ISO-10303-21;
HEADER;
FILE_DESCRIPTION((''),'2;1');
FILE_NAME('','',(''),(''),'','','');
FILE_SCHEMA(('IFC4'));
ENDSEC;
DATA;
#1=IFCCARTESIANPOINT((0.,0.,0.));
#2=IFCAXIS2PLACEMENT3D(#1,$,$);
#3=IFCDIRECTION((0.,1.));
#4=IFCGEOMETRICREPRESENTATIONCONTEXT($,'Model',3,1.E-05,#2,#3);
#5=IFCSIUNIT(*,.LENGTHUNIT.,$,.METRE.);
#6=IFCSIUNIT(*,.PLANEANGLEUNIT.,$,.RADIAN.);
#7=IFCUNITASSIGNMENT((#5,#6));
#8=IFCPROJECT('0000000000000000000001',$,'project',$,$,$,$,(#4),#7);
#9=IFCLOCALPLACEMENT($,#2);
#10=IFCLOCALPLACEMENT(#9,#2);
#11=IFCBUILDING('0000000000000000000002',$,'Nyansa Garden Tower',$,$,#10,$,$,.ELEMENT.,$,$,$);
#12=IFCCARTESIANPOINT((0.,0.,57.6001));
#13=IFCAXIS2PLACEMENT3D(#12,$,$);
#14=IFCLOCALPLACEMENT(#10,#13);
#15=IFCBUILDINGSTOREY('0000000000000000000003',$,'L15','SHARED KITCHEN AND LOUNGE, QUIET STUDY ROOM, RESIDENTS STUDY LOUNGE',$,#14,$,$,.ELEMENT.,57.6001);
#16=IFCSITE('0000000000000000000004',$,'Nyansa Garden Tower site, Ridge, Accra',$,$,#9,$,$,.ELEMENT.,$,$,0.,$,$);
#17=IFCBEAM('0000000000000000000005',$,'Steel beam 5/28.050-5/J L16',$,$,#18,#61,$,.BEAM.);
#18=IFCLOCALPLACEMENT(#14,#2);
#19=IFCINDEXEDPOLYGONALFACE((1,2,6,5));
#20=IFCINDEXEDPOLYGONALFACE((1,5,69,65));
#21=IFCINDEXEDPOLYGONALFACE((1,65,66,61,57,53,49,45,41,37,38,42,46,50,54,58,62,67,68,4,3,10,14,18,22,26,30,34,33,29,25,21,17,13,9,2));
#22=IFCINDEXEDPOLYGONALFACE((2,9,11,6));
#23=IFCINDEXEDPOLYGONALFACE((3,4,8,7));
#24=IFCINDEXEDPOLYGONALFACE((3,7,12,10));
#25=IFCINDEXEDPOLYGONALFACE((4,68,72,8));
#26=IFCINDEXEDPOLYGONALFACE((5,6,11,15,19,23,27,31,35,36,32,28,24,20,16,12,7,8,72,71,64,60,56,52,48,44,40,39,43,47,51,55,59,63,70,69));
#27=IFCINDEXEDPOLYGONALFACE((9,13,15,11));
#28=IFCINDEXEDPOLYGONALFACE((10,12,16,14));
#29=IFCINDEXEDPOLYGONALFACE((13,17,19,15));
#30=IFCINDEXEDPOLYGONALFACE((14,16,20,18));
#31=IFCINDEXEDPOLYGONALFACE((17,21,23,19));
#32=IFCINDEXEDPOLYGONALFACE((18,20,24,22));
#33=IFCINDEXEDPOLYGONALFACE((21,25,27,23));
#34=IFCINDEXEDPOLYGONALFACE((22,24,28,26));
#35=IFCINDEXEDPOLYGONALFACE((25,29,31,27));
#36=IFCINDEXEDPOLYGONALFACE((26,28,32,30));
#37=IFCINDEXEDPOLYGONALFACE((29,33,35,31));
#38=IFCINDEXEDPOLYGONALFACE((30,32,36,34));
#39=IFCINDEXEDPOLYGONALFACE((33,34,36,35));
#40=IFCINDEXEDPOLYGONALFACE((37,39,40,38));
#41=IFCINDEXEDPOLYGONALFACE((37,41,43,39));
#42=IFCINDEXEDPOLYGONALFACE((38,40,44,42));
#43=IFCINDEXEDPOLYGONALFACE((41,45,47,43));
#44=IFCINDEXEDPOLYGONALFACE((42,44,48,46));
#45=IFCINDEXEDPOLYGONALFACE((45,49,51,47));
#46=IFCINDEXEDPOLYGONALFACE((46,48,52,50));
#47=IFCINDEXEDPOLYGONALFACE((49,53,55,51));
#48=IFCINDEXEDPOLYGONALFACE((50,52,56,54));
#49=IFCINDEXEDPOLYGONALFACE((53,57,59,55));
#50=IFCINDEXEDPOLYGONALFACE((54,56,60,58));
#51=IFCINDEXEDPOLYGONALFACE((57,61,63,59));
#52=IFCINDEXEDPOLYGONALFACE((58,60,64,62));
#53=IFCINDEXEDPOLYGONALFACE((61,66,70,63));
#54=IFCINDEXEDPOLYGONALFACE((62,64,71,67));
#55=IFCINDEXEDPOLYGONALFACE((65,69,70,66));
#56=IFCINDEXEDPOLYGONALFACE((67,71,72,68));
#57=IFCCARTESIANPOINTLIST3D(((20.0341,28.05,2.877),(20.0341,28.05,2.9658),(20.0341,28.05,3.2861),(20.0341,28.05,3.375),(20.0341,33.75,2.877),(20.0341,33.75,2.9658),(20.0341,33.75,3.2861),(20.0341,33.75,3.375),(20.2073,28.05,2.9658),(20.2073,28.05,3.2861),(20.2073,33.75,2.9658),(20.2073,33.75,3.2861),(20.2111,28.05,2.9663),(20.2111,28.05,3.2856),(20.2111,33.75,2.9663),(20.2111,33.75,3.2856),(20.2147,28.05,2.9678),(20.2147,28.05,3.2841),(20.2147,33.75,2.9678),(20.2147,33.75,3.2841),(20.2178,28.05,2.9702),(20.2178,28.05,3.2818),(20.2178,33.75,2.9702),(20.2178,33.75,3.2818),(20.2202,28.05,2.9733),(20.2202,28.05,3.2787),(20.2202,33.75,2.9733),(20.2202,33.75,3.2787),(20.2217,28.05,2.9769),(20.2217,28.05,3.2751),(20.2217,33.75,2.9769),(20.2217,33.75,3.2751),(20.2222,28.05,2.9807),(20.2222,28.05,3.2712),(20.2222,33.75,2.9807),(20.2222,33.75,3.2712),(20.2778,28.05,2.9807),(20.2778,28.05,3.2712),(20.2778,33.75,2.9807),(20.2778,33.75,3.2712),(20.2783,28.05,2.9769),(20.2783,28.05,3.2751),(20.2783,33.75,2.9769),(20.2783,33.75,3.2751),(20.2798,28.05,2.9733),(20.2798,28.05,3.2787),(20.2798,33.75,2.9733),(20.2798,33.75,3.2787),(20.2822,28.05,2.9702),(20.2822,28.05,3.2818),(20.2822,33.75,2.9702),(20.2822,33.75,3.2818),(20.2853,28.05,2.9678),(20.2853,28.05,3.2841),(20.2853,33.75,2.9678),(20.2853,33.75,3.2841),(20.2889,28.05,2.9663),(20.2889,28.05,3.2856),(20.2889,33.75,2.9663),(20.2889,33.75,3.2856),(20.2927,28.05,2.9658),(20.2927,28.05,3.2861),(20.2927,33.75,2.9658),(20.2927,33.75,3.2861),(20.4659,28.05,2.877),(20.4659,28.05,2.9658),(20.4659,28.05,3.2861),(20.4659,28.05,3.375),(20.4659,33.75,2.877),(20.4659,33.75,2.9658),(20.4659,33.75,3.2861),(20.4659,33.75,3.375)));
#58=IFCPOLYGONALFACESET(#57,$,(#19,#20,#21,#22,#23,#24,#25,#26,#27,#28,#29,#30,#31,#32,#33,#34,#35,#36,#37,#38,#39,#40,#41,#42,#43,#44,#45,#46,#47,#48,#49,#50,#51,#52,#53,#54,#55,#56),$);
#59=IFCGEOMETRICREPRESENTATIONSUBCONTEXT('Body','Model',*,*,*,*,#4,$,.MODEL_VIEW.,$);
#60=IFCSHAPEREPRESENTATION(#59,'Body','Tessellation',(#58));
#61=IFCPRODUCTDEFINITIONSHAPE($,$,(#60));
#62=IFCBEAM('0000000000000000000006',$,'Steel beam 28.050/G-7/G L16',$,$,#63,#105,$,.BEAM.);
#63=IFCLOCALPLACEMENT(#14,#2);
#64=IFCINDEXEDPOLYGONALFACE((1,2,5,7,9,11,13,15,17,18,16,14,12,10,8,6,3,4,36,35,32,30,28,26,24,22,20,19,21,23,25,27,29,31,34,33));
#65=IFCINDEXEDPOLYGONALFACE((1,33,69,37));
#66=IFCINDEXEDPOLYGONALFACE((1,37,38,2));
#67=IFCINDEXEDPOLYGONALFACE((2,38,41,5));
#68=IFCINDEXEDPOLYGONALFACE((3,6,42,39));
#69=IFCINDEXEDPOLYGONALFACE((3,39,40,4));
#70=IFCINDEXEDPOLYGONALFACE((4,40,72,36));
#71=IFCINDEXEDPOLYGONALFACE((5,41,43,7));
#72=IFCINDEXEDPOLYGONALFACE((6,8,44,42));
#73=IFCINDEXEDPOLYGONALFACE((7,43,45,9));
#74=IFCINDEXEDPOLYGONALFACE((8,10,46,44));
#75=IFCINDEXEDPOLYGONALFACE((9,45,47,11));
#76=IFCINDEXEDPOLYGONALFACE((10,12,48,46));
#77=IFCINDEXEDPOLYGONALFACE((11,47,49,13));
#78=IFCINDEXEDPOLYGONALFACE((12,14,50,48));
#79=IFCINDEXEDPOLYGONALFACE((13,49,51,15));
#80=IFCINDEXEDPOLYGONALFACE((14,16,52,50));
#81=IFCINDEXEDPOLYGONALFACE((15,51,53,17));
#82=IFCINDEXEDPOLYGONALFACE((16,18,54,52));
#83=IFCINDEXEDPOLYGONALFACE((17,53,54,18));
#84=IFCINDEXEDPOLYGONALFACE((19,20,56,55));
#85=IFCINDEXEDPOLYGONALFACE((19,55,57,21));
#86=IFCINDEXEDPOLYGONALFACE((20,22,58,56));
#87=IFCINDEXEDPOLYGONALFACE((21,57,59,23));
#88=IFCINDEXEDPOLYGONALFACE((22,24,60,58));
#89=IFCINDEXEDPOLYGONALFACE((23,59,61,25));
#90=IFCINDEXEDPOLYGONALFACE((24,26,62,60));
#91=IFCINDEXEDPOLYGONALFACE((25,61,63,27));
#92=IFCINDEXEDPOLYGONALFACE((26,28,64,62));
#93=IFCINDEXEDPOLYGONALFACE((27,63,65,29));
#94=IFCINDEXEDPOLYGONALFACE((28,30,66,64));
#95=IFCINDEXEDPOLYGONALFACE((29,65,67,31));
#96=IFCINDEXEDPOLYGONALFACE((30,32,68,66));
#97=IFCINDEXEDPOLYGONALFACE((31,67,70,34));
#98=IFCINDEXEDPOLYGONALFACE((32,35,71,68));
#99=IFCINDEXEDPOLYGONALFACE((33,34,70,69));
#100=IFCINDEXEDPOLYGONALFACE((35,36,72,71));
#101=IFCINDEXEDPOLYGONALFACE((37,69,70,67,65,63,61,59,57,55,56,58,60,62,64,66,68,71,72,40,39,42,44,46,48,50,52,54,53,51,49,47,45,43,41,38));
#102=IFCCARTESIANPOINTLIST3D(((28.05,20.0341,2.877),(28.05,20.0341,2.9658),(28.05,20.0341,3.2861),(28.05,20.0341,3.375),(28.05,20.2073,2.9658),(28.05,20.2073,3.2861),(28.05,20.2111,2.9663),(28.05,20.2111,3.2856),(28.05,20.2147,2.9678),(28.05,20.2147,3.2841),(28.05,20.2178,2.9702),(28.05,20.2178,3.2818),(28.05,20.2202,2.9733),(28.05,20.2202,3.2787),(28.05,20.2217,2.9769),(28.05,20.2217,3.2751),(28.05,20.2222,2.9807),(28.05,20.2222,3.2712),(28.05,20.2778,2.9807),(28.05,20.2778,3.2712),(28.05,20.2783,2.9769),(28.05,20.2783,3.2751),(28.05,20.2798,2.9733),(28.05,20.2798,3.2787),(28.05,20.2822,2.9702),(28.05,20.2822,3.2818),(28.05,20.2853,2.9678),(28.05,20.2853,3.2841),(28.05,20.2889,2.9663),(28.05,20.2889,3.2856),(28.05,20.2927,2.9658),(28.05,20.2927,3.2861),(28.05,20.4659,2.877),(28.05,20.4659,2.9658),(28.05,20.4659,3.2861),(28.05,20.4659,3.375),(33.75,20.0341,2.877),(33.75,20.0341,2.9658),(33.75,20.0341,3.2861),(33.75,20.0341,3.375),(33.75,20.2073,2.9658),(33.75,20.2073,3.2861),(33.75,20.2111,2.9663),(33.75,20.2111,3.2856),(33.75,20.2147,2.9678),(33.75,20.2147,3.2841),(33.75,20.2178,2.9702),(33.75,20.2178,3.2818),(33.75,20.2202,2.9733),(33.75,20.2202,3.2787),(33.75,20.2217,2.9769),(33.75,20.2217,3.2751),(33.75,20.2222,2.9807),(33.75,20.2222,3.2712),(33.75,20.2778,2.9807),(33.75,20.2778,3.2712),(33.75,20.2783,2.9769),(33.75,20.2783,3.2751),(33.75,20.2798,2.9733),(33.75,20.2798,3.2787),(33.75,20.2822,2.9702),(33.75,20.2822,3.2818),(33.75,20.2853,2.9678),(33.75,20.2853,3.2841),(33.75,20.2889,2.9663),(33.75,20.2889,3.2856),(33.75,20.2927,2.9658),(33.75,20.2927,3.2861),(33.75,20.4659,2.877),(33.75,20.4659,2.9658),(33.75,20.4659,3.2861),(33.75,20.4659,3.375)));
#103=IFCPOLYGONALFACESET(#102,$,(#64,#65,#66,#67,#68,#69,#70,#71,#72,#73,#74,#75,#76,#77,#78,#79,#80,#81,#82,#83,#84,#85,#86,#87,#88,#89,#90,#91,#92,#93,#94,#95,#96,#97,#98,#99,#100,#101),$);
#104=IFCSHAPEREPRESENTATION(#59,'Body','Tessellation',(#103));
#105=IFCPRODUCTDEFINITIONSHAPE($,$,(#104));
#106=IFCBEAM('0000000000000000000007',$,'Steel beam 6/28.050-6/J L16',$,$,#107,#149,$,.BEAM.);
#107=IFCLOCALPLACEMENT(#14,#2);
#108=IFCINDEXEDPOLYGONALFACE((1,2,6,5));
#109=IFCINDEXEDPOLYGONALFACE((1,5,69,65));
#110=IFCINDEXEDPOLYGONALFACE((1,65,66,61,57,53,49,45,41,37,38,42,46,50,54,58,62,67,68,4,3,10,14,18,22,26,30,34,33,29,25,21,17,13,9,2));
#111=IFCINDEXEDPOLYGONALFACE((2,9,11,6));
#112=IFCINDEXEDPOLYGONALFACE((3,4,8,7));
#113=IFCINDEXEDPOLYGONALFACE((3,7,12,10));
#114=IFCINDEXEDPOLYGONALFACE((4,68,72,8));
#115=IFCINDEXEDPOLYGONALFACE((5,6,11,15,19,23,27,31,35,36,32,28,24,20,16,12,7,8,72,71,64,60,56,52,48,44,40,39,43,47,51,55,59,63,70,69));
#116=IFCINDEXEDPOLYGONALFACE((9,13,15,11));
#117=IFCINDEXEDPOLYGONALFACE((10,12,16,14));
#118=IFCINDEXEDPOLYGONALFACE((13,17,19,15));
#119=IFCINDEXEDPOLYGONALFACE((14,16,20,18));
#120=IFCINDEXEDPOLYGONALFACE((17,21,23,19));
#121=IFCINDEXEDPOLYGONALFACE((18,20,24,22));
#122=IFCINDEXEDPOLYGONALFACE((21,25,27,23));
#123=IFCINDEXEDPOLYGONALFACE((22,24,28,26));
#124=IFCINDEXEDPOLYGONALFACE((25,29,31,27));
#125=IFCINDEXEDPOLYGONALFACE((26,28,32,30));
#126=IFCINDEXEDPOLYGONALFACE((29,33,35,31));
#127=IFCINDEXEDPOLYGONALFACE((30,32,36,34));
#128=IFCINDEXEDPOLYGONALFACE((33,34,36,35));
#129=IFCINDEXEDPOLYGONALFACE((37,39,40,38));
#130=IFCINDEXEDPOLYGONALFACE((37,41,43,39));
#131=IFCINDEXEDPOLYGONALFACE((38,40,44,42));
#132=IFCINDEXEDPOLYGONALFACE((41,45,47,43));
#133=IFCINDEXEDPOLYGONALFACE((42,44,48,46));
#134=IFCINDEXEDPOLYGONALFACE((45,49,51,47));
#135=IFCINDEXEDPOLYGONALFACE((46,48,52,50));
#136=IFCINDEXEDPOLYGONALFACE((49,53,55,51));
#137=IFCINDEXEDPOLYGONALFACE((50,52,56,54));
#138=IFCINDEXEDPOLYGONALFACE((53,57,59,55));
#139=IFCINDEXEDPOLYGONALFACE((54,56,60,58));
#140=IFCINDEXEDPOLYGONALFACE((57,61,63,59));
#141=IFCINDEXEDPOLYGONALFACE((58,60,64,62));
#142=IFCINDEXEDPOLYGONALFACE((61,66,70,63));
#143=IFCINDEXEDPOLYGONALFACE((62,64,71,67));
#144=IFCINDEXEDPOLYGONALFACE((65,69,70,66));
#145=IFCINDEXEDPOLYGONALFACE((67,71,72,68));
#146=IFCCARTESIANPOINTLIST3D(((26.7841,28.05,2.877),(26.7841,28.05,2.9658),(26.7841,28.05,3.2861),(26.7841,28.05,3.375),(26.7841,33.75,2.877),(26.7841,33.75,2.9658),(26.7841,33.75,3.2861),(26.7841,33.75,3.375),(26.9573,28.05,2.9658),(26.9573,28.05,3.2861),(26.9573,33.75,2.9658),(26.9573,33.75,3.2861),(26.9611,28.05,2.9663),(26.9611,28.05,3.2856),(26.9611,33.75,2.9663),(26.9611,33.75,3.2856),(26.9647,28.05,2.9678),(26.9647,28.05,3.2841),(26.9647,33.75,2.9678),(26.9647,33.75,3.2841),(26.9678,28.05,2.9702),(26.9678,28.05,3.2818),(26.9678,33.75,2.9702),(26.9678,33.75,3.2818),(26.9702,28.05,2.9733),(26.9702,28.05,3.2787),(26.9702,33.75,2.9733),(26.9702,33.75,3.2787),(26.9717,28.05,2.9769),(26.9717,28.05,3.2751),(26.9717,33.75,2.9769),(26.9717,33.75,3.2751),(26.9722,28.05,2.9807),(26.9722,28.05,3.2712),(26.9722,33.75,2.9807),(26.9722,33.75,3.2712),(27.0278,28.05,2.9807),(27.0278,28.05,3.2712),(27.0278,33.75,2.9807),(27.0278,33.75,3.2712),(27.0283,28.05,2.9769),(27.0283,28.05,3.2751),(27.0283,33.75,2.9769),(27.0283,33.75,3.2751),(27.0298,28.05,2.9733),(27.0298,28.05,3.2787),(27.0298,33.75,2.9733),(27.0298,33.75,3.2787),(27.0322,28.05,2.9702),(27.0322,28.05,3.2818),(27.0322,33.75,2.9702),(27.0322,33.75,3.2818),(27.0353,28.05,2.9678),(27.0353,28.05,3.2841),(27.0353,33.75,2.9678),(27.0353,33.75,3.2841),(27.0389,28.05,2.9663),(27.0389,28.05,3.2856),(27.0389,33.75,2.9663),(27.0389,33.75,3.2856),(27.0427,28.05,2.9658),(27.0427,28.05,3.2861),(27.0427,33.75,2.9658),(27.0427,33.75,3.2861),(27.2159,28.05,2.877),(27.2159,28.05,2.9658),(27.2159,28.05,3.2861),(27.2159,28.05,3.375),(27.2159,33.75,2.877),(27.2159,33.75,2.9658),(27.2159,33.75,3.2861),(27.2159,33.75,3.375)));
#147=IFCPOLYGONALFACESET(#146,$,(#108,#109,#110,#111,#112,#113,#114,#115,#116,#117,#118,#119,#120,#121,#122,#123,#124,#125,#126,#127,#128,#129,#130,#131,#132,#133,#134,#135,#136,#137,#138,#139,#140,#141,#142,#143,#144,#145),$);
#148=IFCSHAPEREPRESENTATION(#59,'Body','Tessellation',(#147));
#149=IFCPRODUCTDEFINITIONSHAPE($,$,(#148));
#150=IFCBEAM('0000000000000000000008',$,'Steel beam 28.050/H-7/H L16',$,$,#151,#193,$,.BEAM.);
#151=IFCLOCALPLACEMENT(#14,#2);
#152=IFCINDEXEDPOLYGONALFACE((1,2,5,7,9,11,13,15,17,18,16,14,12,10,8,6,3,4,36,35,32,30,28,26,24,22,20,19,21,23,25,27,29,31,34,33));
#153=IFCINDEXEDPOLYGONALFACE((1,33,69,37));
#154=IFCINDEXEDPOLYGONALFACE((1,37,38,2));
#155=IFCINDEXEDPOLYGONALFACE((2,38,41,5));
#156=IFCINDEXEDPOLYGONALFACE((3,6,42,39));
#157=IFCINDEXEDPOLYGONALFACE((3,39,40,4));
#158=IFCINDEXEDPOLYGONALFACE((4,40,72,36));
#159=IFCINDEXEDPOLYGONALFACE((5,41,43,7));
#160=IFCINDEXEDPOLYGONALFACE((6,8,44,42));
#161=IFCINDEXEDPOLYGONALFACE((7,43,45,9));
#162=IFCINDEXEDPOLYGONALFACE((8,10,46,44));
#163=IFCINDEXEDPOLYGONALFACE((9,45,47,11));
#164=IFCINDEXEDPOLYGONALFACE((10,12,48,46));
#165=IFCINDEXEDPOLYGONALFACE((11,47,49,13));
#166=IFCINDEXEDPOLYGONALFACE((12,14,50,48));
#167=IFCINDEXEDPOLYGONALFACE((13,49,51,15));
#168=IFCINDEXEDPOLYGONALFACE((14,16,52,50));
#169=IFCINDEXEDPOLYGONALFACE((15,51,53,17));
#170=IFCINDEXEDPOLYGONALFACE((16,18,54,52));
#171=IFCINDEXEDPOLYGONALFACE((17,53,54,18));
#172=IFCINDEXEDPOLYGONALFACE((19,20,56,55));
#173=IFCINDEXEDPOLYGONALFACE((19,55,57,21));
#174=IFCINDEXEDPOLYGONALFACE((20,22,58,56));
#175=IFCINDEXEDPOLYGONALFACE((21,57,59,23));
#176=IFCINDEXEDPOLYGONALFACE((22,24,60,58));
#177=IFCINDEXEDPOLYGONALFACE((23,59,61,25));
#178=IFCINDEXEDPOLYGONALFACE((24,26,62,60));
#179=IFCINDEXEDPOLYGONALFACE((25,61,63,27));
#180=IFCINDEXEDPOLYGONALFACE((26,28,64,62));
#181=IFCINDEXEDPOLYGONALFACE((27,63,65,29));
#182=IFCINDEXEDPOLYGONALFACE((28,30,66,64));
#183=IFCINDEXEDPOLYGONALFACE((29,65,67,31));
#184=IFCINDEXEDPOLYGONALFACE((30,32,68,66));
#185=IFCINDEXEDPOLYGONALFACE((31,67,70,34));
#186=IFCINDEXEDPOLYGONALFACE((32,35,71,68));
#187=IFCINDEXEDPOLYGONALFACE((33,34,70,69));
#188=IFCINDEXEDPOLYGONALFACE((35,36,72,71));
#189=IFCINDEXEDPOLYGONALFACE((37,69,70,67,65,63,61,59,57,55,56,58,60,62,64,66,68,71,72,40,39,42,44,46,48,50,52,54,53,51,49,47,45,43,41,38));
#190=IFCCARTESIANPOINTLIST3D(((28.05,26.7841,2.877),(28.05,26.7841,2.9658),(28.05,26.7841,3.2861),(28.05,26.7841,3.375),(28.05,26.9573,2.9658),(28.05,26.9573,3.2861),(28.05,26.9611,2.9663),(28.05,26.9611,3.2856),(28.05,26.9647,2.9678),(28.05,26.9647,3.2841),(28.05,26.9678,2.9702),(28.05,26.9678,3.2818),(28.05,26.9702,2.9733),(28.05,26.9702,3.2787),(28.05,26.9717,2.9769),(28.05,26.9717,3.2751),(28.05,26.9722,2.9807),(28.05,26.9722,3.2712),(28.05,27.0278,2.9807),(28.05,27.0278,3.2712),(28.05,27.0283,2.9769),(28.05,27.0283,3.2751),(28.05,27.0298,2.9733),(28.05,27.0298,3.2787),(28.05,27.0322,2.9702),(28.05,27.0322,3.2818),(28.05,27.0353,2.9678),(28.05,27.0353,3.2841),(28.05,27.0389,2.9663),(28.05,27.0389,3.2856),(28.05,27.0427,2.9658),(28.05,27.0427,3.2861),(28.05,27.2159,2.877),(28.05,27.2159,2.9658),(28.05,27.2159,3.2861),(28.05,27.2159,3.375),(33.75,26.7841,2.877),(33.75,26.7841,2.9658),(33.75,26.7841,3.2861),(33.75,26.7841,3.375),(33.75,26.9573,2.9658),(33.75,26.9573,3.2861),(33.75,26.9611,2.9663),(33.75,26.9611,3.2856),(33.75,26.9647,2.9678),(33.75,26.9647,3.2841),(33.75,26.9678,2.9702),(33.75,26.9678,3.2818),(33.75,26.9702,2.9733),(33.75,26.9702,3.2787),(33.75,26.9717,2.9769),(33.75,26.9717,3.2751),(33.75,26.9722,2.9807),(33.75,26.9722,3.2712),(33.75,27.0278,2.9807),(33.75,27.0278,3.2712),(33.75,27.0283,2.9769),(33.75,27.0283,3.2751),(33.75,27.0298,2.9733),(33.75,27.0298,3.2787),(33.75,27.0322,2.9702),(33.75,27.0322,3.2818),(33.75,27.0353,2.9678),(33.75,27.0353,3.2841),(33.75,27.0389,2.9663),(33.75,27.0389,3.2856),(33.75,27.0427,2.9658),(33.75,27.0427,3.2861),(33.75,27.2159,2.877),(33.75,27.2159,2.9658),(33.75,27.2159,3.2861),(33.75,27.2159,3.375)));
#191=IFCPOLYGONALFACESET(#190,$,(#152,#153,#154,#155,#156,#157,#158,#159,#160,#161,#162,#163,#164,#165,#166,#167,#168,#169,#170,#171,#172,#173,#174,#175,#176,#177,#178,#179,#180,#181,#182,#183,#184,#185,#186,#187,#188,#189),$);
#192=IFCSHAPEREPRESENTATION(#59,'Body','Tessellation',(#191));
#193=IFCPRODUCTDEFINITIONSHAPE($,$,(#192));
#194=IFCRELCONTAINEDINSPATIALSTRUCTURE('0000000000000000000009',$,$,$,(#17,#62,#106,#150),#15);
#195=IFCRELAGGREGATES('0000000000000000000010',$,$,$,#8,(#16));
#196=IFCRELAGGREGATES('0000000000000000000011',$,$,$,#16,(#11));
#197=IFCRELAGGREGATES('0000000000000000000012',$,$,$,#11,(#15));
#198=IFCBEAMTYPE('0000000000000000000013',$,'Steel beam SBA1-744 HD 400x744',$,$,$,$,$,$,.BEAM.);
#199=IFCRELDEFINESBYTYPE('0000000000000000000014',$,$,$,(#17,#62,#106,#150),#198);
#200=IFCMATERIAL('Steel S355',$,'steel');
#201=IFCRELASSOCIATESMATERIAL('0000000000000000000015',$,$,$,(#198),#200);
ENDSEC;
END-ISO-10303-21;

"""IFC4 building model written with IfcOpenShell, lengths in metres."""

from ifc_helpers import new_model, si_unit, direction, frame, origin, origin_2d, place, context, subcontext, project, spatial, i_section, extrude, material, material_profile, profile_set, type_object, element, save


model = new_model("IFC4")

# Units and contexts
model_context = context("Model", 3, precision=1e-05, world=origin(), true_north=direction((0.0, 1.0)))
body_context = subcontext(model_context, "Body", "Model", "MODEL_VIEW")
ifc_project = project(units=[si_unit("LENGTHUNIT", "METRE"), si_unit("PLANEANGLEUNIT", "RADIAN")], contexts=[model_context])

# Site, building, storey
site_placement = place(None, origin())
site = spatial("IfcSite", under=ifc_project, at=site_placement, Name="Nyansa Garden Tower site, Ridge, Accra", CompositionType="ELEMENT", RefElevation=0.0)
building_placement = place(site_placement, origin())
building = spatial("IfcBuilding", under=site, at=building_placement, Name="Nyansa Garden Tower", CompositionType="ELEMENT")
storey_placement = place(building_placement, frame((0.0, 0.0, 57.6001)))
storey = spatial("IfcBuildingStorey", under=building, at=storey_placement, Name="L15", Description="SHARED KITCHEN AND LOUNGE, QUIET STUDY ROOM, RESIDENTS STUDY LOUNGE", CompositionType="ELEMENT", Elevation=57.6001)

# Beams
ifc_material_1 = material(Name="Steel S355", Category="steel")
ifc_material_profile_1 = material_profile(ifc_material_1, i_section(OverallWidth=0.4319, OverallDepth=0.498, WebThickness=0.0557, FlangeThickness=0.0889, FilletRadius=0.0149, at=origin_2d()), Name="HD 400x744")
ifc_profile_set_1 = profile_set([ifc_material_profile_1], Name="Steel S355")
beam_type_1 = type_object("IfcBeamType", Name="Steel beam SBA1-744 HD 400x744", PredefinedType="BEAM", material=ifc_profile_set_1)
for number, where, z_axis, x_axis, name in (
    (1, (20.25, 28.05, 3.126), (0.0, 1.0, 0.0), (-1.0, 0.0, 0.0), "Steel beam 5/28.050-5/J L16"),
    (2, (28.05, 20.25, 3.126), (1.0, 0.0, 0.0), (0.0, 1.0, 0.0), "Steel beam 28.050/G-7/G L16"),
    (3, (27.0, 28.05, 3.126), (0.0, 1.0, 0.0), (-1.0, 0.0, 0.0), "Steel beam 6/28.050-6/J L16"),
    (4, (28.05, 27.0, 3.126), (1.0, 0.0, 0.0), (0.0, 1.0, 0.0), "Steel beam 28.050/H-7/H L16"),
):
    element("IfcBeam", number, at=place(storey_placement, frame(where, z_axis=z_axis, x_axis=x_axis)), inside=storey, type_object=beam_type_1, Name=name, PredefinedType="BEAM", context=body_context, shape_type="SweptSolid", body=[
        extrude(i_section(OverallWidth=0.4319, OverallDepth=0.498, WebThickness=0.0557, FlangeThickness=0.0889, FilletRadius=0.0149, at=origin_2d()), origin(), (0.0, 0.0, 1.0), 5.7),
    ])

save(model, "model.ifc")
